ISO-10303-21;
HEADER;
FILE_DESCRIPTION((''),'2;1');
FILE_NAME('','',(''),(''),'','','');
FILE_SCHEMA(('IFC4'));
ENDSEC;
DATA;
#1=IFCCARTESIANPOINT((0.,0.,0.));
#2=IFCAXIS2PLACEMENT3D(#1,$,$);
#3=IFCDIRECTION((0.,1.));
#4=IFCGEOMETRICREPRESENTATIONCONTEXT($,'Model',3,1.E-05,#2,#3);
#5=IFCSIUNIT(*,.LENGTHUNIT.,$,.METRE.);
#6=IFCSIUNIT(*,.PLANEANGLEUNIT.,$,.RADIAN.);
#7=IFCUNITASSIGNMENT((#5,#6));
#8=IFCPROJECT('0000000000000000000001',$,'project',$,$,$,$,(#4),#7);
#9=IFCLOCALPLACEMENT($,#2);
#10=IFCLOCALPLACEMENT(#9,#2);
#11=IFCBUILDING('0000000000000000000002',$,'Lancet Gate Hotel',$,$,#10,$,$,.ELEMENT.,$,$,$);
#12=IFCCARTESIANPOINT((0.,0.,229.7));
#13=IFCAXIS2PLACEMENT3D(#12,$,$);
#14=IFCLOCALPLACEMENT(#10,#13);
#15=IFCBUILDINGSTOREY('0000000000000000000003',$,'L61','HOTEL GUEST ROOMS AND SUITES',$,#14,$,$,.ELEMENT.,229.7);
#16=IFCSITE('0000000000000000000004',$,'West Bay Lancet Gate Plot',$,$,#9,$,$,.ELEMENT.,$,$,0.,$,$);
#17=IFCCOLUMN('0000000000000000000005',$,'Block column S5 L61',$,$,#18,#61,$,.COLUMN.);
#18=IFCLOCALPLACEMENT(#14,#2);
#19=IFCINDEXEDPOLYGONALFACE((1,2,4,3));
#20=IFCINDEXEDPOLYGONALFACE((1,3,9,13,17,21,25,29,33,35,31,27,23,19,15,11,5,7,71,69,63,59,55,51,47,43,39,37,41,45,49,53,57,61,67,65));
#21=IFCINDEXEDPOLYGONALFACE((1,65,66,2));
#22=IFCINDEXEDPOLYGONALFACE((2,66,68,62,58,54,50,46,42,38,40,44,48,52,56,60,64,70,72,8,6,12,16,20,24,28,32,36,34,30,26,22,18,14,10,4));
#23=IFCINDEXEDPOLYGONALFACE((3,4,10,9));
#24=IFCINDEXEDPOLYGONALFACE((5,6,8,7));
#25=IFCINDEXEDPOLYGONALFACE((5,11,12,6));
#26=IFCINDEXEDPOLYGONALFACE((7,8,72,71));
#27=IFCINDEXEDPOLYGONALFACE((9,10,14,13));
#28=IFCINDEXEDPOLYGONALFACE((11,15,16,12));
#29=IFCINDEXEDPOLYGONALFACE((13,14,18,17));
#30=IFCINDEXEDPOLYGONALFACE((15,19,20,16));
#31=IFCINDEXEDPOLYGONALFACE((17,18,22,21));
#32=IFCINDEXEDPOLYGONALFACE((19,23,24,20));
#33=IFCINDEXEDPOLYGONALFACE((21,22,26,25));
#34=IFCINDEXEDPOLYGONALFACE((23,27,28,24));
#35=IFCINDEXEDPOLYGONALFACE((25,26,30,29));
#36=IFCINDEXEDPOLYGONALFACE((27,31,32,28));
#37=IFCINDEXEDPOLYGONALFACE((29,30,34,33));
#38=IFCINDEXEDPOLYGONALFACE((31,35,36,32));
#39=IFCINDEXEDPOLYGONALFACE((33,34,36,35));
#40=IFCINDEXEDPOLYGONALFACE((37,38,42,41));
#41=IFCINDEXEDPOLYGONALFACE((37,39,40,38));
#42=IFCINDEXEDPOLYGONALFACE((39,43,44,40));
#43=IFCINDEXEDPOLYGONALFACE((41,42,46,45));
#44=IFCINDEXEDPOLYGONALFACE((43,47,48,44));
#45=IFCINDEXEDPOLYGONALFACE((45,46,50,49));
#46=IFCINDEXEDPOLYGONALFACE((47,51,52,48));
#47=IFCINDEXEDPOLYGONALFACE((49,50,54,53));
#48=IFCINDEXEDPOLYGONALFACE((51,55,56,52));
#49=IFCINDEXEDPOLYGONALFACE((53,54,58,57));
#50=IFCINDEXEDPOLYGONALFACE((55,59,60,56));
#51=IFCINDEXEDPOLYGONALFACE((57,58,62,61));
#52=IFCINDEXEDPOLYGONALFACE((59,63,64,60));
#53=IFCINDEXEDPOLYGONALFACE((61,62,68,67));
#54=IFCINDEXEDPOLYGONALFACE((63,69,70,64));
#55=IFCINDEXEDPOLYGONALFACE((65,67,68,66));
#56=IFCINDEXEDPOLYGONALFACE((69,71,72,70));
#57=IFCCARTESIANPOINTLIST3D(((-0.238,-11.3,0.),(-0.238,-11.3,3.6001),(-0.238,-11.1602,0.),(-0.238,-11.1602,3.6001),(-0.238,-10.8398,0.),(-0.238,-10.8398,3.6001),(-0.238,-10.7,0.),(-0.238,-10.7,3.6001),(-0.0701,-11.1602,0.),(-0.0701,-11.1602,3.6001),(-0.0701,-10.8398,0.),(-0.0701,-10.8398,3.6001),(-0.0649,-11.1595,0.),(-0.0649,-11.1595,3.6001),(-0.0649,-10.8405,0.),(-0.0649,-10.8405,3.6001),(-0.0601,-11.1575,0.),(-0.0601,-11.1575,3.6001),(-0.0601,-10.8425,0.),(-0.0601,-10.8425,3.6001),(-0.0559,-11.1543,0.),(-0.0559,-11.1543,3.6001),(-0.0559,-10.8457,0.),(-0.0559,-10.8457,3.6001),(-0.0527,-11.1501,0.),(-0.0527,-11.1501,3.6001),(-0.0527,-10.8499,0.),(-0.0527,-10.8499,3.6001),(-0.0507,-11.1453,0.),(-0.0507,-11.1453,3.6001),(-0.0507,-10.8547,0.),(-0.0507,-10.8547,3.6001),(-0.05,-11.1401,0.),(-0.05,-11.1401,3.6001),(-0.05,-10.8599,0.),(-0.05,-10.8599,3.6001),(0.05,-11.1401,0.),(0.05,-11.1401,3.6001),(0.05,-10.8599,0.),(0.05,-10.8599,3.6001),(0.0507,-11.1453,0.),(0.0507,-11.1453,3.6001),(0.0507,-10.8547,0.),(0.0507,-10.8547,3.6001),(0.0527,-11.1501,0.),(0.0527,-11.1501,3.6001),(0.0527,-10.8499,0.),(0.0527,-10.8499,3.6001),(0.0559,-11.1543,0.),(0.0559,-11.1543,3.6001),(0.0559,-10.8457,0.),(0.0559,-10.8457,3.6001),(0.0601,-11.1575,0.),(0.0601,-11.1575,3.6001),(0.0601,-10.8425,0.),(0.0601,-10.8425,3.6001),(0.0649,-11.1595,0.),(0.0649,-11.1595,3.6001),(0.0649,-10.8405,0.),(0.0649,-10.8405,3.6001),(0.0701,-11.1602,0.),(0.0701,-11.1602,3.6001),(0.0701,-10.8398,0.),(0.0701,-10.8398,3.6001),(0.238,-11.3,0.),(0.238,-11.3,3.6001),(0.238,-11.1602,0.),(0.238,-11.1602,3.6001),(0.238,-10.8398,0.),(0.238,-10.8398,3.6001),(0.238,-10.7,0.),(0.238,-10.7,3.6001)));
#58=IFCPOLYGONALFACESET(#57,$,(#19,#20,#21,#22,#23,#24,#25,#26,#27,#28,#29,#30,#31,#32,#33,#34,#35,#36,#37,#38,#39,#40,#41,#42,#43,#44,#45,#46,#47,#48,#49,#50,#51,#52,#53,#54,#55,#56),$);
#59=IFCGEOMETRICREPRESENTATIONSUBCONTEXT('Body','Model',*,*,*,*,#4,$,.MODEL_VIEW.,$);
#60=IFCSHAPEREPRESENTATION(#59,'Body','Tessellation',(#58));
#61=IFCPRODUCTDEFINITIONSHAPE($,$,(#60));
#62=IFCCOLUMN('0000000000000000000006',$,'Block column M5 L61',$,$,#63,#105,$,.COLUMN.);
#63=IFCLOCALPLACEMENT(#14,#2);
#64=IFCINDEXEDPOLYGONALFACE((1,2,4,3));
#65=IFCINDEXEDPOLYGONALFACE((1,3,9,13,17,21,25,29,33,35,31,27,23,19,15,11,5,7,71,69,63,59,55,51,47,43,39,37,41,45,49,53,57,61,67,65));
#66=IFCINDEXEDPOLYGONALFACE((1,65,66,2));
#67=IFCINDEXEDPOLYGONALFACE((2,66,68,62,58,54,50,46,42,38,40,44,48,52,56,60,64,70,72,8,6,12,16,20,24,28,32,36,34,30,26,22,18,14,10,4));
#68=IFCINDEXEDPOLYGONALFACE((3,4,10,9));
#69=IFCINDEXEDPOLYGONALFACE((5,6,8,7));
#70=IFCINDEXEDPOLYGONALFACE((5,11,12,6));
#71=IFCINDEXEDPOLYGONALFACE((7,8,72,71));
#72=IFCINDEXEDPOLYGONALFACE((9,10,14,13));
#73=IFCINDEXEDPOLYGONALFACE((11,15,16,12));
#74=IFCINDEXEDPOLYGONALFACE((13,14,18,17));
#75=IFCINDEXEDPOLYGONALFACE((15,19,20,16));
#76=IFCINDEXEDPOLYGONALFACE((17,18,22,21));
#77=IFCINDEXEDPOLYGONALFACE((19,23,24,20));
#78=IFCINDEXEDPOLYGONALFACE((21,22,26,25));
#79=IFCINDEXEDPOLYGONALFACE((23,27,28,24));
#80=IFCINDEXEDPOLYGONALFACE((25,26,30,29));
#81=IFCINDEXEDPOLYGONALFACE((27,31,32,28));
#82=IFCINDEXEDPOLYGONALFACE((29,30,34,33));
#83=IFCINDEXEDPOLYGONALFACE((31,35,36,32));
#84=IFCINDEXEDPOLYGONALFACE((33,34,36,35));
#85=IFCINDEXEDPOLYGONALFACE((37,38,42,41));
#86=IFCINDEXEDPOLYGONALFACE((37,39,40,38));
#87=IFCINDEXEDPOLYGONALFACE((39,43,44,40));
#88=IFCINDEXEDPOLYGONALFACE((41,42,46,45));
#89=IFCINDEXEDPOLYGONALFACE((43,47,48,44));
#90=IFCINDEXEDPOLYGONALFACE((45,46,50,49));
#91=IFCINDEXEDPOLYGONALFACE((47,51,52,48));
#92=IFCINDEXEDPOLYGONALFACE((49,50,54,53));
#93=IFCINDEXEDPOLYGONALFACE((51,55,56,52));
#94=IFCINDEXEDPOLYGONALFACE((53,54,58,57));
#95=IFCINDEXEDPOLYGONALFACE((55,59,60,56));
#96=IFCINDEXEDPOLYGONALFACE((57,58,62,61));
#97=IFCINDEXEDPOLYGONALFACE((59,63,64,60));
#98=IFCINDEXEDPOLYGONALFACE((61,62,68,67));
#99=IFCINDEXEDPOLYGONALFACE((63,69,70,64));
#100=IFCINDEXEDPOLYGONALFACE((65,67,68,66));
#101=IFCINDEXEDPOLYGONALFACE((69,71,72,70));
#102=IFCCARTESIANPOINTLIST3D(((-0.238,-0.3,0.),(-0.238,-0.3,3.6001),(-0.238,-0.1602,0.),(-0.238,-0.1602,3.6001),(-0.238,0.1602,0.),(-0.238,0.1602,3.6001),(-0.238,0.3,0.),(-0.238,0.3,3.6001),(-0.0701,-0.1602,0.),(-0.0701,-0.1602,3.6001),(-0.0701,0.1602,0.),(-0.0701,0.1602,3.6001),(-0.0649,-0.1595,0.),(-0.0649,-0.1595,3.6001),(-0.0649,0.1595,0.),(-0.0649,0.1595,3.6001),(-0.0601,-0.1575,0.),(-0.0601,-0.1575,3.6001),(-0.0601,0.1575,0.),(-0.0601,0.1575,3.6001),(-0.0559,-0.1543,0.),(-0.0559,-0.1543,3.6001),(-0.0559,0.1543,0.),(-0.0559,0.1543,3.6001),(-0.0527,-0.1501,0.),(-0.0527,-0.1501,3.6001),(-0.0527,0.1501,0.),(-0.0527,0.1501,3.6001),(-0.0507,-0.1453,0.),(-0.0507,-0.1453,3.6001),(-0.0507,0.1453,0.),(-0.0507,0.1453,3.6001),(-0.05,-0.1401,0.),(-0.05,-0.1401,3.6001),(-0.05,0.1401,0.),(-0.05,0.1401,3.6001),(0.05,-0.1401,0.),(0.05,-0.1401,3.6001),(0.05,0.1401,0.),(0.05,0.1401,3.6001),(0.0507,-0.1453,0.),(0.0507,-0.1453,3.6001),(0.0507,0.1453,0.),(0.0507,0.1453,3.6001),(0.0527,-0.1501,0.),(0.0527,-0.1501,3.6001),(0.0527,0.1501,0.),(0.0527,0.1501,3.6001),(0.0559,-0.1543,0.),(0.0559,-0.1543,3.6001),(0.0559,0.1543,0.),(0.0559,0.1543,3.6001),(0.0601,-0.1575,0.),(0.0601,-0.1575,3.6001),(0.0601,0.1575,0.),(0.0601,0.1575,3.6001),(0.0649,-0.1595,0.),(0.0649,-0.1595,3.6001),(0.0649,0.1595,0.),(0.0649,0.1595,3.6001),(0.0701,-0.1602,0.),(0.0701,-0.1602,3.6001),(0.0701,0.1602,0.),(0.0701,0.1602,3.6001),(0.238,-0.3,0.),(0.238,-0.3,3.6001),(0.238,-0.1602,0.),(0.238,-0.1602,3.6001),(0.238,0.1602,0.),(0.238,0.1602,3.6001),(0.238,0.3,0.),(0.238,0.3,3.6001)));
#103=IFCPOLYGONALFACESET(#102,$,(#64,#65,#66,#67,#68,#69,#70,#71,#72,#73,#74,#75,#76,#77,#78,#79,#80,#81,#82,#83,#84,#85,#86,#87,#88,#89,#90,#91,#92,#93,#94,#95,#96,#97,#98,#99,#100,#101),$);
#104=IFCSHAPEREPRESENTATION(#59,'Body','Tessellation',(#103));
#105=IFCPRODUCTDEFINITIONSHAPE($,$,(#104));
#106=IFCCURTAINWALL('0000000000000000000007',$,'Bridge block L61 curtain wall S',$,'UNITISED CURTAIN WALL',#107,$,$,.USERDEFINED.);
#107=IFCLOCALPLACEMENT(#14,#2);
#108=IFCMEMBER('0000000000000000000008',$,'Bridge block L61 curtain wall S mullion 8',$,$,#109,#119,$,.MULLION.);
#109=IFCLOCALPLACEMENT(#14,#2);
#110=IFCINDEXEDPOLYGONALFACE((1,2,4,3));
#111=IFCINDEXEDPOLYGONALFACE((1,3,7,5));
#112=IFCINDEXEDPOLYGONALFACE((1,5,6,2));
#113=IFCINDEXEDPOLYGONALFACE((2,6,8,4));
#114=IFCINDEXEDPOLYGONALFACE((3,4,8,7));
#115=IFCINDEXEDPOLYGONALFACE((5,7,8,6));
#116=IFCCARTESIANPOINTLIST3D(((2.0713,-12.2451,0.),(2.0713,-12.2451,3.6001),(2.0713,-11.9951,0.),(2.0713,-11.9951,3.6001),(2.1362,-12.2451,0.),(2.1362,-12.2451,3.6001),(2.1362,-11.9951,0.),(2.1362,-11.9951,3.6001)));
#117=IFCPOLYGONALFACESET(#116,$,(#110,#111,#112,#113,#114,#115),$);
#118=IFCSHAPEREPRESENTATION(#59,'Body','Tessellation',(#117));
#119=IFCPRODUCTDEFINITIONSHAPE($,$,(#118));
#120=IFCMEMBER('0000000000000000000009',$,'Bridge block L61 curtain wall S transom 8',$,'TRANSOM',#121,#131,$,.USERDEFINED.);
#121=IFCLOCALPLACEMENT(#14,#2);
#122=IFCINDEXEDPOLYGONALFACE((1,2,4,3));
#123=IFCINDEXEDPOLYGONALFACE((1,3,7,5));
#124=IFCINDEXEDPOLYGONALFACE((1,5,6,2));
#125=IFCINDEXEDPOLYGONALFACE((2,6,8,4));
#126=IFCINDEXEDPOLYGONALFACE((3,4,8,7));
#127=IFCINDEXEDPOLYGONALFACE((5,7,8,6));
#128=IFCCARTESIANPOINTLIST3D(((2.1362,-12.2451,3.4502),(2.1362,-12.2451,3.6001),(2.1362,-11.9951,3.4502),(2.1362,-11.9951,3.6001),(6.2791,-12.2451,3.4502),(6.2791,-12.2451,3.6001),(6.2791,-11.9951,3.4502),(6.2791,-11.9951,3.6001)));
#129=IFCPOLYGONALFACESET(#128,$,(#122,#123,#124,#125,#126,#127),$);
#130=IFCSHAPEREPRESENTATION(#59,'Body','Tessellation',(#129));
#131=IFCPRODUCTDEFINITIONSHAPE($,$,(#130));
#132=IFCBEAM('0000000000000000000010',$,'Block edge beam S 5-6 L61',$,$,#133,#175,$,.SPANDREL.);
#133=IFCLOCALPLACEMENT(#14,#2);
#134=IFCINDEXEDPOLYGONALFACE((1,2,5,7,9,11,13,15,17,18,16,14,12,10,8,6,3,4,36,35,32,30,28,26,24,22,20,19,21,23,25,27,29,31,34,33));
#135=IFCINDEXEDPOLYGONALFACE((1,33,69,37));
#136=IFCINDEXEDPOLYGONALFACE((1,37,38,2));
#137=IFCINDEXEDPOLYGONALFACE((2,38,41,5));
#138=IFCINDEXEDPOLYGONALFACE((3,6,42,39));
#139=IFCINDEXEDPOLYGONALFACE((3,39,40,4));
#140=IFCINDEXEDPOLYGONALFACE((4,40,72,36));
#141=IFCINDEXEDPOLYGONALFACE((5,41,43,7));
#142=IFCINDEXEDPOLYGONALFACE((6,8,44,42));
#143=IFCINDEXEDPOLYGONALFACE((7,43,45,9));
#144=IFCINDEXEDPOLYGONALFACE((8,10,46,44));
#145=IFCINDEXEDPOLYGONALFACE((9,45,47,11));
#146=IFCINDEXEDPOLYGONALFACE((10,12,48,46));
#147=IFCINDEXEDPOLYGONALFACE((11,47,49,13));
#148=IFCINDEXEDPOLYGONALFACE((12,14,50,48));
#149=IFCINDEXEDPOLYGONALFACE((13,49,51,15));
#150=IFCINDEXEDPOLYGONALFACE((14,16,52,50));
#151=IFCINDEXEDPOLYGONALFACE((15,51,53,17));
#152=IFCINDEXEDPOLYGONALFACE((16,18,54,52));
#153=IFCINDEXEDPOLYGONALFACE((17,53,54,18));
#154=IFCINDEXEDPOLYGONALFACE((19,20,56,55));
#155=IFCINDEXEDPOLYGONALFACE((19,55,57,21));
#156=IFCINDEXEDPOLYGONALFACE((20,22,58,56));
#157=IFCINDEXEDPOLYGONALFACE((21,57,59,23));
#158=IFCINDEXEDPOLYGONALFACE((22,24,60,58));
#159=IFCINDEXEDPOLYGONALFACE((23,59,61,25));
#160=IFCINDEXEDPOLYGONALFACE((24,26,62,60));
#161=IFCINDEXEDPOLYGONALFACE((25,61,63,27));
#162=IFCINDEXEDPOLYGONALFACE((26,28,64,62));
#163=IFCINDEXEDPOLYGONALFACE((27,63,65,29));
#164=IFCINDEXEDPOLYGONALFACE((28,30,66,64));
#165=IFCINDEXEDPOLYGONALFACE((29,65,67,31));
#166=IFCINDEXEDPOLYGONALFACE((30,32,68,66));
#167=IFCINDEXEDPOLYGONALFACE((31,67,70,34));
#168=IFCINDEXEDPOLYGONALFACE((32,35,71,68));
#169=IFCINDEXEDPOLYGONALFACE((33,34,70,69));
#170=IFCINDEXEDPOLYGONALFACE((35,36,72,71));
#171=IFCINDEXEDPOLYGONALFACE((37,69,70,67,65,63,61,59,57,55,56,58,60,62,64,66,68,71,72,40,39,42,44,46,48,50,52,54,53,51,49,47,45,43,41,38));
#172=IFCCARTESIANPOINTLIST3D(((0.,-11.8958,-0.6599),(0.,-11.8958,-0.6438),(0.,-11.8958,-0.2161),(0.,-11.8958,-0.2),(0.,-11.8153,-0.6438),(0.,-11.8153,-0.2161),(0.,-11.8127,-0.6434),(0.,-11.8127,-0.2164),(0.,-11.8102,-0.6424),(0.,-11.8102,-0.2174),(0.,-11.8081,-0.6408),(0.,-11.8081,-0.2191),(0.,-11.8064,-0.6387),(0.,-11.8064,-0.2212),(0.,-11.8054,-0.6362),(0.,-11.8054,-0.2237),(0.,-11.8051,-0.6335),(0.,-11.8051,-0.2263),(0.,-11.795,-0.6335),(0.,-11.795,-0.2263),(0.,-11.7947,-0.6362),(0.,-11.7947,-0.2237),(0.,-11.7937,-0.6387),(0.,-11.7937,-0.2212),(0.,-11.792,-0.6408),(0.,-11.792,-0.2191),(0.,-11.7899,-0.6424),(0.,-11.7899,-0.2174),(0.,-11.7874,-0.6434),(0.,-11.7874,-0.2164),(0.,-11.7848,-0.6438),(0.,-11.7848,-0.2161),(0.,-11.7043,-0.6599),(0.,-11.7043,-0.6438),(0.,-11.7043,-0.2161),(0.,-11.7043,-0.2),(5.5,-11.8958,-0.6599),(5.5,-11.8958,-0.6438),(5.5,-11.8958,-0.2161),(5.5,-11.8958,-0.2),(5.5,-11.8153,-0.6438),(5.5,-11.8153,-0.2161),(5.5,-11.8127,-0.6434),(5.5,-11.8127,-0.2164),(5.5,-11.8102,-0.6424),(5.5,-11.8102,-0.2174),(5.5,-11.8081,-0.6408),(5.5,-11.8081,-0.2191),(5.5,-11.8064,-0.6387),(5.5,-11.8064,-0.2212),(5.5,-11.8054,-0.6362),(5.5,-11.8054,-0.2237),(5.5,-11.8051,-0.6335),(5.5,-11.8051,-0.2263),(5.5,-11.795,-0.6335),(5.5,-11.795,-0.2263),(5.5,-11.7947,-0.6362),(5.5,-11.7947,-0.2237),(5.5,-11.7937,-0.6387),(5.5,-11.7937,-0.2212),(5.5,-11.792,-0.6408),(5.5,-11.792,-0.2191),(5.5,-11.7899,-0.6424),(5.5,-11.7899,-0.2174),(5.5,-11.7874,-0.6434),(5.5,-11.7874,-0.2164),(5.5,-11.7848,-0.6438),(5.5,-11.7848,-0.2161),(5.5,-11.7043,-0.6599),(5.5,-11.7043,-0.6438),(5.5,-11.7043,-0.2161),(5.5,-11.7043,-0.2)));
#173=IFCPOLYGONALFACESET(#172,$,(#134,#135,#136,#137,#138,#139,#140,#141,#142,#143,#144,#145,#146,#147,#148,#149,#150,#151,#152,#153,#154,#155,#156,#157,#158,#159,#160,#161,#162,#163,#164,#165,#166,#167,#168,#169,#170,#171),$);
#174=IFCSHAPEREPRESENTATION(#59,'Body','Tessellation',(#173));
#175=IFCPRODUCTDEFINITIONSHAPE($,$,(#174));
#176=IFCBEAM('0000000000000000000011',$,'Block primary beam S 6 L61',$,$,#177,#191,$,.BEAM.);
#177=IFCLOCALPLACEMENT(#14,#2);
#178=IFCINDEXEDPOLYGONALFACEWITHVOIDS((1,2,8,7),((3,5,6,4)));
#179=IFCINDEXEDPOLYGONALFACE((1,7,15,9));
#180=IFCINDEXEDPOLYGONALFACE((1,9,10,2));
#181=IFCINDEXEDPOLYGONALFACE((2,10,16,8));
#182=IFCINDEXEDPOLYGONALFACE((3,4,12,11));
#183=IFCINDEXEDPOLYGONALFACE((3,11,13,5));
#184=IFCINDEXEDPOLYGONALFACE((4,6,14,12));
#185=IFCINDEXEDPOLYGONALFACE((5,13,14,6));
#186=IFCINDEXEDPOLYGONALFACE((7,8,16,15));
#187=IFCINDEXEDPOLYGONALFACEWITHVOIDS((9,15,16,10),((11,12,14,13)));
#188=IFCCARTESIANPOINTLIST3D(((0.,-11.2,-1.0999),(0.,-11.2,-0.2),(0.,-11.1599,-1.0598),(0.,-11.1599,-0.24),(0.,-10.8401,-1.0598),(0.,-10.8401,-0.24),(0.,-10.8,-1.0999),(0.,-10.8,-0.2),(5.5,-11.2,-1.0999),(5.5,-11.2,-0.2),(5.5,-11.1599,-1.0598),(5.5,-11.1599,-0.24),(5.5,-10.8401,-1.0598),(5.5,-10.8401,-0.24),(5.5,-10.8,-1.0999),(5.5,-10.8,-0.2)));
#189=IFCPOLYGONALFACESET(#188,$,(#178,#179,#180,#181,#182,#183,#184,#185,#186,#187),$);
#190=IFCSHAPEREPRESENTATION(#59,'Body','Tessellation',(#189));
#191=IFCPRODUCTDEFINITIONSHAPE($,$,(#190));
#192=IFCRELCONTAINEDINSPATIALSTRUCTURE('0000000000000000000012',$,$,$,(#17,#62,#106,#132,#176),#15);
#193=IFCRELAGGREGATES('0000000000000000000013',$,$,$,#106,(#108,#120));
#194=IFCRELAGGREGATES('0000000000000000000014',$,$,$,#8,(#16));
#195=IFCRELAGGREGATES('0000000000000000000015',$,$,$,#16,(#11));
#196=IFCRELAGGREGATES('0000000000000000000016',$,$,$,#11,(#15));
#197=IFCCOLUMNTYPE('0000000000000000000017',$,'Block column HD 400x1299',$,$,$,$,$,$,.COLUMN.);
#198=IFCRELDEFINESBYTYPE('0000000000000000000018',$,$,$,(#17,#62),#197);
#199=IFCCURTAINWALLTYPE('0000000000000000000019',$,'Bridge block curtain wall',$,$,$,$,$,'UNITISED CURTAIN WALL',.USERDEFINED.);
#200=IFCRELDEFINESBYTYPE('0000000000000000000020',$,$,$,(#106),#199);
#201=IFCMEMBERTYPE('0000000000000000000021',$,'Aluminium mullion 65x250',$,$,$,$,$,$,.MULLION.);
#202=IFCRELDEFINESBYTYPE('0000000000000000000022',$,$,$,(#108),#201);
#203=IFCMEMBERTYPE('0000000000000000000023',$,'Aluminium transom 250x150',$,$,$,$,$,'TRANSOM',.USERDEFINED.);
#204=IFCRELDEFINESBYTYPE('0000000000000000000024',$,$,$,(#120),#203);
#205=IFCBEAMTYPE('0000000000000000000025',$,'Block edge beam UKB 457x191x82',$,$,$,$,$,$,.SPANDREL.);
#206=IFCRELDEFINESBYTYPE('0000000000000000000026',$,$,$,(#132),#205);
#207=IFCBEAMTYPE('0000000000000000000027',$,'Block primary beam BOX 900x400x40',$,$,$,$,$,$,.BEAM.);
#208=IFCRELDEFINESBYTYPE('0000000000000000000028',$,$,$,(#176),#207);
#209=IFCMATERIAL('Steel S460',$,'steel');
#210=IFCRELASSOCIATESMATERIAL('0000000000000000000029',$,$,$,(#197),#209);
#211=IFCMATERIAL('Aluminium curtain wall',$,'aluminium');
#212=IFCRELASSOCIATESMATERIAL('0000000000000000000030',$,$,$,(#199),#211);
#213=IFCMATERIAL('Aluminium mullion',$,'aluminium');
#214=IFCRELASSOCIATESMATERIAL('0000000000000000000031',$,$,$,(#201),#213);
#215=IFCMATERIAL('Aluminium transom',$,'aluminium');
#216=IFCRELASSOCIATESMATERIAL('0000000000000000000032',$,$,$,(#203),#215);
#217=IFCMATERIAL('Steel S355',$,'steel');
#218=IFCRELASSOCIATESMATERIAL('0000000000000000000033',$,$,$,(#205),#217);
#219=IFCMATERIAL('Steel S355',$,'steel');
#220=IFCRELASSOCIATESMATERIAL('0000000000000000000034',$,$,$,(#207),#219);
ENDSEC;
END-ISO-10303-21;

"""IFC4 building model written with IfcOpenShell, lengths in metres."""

from ifc_helpers import new_model, si_unit, direction, frame, origin, origin_2d, place, context, subcontext, project, spatial, rectangle, hollow_rectangle, i_section, extrude, material, material_profile, profile_set, type_object, element, aggregate, save


model = new_model("IFC4")

# Units and contexts
model_context = context("Model", 3, precision=1e-05, world=origin(), true_north=direction((0.0, 1.0)))
body_context = subcontext(model_context, "Body", "Model", "MODEL_VIEW")
ifc_project = project(units=[si_unit("LENGTHUNIT", "METRE"), si_unit("PLANEANGLEUNIT", "RADIAN")], contexts=[model_context])

# Site, building, storey
site_placement = place(None, origin())
site = spatial("IfcSite", under=ifc_project, at=site_placement, Name="West Bay Lancet Gate Plot", CompositionType="ELEMENT", RefElevation=0.0)
building_placement = place(site_placement, origin())
building = spatial("IfcBuilding", under=site, at=building_placement, Name="Lancet Gate Hotel", CompositionType="ELEMENT")
storey_placement = place(building_placement, frame((0.0, 0.0, 229.7)))
storey = spatial("IfcBuildingStorey", under=building, at=storey_placement, Name="L61", Description="HOTEL GUEST ROOMS AND SUITES", CompositionType="ELEMENT", Elevation=229.7)

# Columns
ifc_material_1 = material(Name="Steel S460", Category="steel")
ifc_material_profile_1 = material_profile(ifc_material_1, i_section(OverallWidth=0.4761, OverallDepth=0.6001, WebThickness=0.1001, FlangeThickness=0.1399, FilletRadius=0.02, at=origin_2d()), Name="HD 400x1299")
ifc_profile_set_1 = profile_set([ifc_material_profile_1], Name="Steel S460")
column_type = type_object("IfcColumnType", Name="Block column HD 400x1299", PredefinedType="COLUMN", material=ifc_profile_set_1)
for number, where, z_axis, x_axis, name in (
    (1, (0.0, -11.0, 0.0), (0.0, 0.0, 1.0), (1.0, 0.0, 0.0), "Block column S5 L61"),
    (2, (0.0, 0.0, 0.0), (0.0, 0.0, 1.0), (1.0, 0.0, 0.0), "Block column M5 L61"),
):
    element("IfcColumn", number, at=place(storey_placement, frame(where, z_axis=z_axis, x_axis=x_axis)), inside=storey, type_object=column_type, Name=name, PredefinedType="COLUMN", context=body_context, shape_type="SweptSolid", body=[
        extrude(i_section(OverallWidth=0.4761, OverallDepth=0.6001, WebThickness=0.1001, FlangeThickness=0.1399, FilletRadius=0.02, at=origin_2d()), origin(), (0.0, 0.0, 1.0), 3.6001),
    ])

# Curtain wall, members
ifc_material_2 = material(Name="Aluminium curtain wall", Category="aluminium")
curtain_wall_type = type_object("IfcCurtainWallType", Name="Bridge block curtain wall", ElementType="UNITISED CURTAIN WALL", PredefinedType="USERDEFINED", material=ifc_material_2)
curtain_wall_placement = place(storey_placement, origin())
curtain_wall = element("IfcCurtainWall", 3, at=curtain_wall_placement, inside=storey, type_object=curtain_wall_type, Name="Bridge block L61 curtain wall S", ObjectType="UNITISED CURTAIN WALL", PredefinedType="USERDEFINED")
ifc_material_3 = material(Name="Aluminium mullion", Category="aluminium")
ifc_material_profile_2 = material_profile(ifc_material_3, rectangle(XDim=0.0649, YDim=0.25, at=origin_2d()), Name="MULLION 65x250")
ifc_profile_set_2 = profile_set([ifc_material_profile_2], Name="Aluminium mullion")
member_type_1 = type_object("IfcMemberType", Name="Aluminium mullion 65x250", PredefinedType="MULLION", material=ifc_profile_set_2)
member_1_placement = place(storey_placement, frame((2.1038, -12.1201, 0.0), z_axis=(0.0, 0.0, 1.0), x_axis=(1.0, 0.0, 0.0)))
member_1 = element("IfcMember", 4, at=member_1_placement, type_object=member_type_1, Name="Bridge block L61 curtain wall S mullion 8", PredefinedType="MULLION", context=body_context, shape_type="SweptSolid", body=[
    extrude(rectangle(XDim=0.0649, YDim=0.25, at=origin_2d()), origin(), (0.0, 0.0, 1.0), 3.6001),
])
ifc_material_4 = material(Name="Aluminium transom", Category="aluminium")
ifc_material_profile_3 = material_profile(ifc_material_4, rectangle(XDim=0.25, YDim=0.1499, at=origin_2d()), Name="TRANSOM 250x150")
ifc_profile_set_3 = profile_set([ifc_material_profile_3], Name="Aluminium transom")
member_type_2 = type_object("IfcMemberType", Name="Aluminium transom 250x150", ElementType="TRANSOM", PredefinedType="USERDEFINED", material=ifc_profile_set_3)
member_2_placement = place(storey_placement, frame((2.1362, -12.1201, 3.5251), z_axis=(1.0, 0.0, 0.0), x_axis=(0.0, 1.0, 0.0)))
member_2 = element("IfcMember", 5, at=member_2_placement, type_object=member_type_2, Name="Bridge block L61 curtain wall S transom 8", ObjectType="TRANSOM", PredefinedType="USERDEFINED", context=body_context, shape_type="SweptSolid", body=[
    extrude(rectangle(XDim=0.25, YDim=0.1499, at=origin_2d()), origin(), (0.0, 0.0, 1.0), 4.1428),
])

# Beams
ifc_material_5 = material(Name="Steel S355", Category="steel")
ifc_material_profile_4 = material_profile(ifc_material_5, i_section(OverallWidth=0.1914, OverallDepth=0.46, WebThickness=0.01, FlangeThickness=0.0161, FilletRadius=0.0103, at=origin_2d()), Name="UKB 457x191x82")
ifc_profile_set_4 = profile_set([ifc_material_profile_4], Name="Steel S355")
beam_type_1 = type_object("IfcBeamType", Name="Block edge beam UKB 457x191x82", PredefinedType="SPANDREL", material=ifc_profile_set_4)
beam_1_placement = place(storey_placement, frame((0.0, -11.8, -0.4299), z_axis=(1.0, 0.0, 0.0), x_axis=(0.0, 1.0, 0.0)))
element("IfcBeam", 6, at=beam_1_placement, inside=storey, type_object=beam_type_1, Name="Block edge beam S 5-6 L61", PredefinedType="SPANDREL", context=body_context, shape_type="SweptSolid", body=[
    extrude(i_section(OverallWidth=0.1914, OverallDepth=0.46, WebThickness=0.01, FlangeThickness=0.0161, FilletRadius=0.0103, at=origin_2d()), origin(), (0.0, 0.0, 1.0), 5.5),
])
ifc_material_6 = material(Name="Steel S355", Category="steel")
ifc_material_profile_5 = material_profile(ifc_material_6, hollow_rectangle(XDim=0.3999, YDim=0.8999, WallThickness=0.04, at=origin_2d()), Name="BOX 900x400x40")
ifc_profile_set_5 = profile_set([ifc_material_profile_5], Name="Steel S355")
beam_type_2 = type_object("IfcBeamType", Name="Block primary beam BOX 900x400x40", PredefinedType="BEAM", material=ifc_profile_set_5)
for number, where, z_axis, x_axis, name in (
    (7, (0.0, -11.0, -0.6499), (1.0, 0.0, 0.0), (0.0, 1.0, 0.0), "Block primary beam S 6 L61"),
):
    element("IfcBeam", number, at=place(storey_placement, frame(where, z_axis=z_axis, x_axis=x_axis)), inside=storey, type_object=beam_type_2, Name=name, PredefinedType="BEAM", context=body_context, shape_type="SweptSolid", body=[
        extrude(hollow_rectangle(XDim=0.3999, YDim=0.8999, WallThickness=0.04, at=origin_2d()), origin(), (0.0, 0.0, 1.0), 5.5),
    ])

aggregate(curtain_wall, [member_1, member_2])

save(model, "model.ifc")
